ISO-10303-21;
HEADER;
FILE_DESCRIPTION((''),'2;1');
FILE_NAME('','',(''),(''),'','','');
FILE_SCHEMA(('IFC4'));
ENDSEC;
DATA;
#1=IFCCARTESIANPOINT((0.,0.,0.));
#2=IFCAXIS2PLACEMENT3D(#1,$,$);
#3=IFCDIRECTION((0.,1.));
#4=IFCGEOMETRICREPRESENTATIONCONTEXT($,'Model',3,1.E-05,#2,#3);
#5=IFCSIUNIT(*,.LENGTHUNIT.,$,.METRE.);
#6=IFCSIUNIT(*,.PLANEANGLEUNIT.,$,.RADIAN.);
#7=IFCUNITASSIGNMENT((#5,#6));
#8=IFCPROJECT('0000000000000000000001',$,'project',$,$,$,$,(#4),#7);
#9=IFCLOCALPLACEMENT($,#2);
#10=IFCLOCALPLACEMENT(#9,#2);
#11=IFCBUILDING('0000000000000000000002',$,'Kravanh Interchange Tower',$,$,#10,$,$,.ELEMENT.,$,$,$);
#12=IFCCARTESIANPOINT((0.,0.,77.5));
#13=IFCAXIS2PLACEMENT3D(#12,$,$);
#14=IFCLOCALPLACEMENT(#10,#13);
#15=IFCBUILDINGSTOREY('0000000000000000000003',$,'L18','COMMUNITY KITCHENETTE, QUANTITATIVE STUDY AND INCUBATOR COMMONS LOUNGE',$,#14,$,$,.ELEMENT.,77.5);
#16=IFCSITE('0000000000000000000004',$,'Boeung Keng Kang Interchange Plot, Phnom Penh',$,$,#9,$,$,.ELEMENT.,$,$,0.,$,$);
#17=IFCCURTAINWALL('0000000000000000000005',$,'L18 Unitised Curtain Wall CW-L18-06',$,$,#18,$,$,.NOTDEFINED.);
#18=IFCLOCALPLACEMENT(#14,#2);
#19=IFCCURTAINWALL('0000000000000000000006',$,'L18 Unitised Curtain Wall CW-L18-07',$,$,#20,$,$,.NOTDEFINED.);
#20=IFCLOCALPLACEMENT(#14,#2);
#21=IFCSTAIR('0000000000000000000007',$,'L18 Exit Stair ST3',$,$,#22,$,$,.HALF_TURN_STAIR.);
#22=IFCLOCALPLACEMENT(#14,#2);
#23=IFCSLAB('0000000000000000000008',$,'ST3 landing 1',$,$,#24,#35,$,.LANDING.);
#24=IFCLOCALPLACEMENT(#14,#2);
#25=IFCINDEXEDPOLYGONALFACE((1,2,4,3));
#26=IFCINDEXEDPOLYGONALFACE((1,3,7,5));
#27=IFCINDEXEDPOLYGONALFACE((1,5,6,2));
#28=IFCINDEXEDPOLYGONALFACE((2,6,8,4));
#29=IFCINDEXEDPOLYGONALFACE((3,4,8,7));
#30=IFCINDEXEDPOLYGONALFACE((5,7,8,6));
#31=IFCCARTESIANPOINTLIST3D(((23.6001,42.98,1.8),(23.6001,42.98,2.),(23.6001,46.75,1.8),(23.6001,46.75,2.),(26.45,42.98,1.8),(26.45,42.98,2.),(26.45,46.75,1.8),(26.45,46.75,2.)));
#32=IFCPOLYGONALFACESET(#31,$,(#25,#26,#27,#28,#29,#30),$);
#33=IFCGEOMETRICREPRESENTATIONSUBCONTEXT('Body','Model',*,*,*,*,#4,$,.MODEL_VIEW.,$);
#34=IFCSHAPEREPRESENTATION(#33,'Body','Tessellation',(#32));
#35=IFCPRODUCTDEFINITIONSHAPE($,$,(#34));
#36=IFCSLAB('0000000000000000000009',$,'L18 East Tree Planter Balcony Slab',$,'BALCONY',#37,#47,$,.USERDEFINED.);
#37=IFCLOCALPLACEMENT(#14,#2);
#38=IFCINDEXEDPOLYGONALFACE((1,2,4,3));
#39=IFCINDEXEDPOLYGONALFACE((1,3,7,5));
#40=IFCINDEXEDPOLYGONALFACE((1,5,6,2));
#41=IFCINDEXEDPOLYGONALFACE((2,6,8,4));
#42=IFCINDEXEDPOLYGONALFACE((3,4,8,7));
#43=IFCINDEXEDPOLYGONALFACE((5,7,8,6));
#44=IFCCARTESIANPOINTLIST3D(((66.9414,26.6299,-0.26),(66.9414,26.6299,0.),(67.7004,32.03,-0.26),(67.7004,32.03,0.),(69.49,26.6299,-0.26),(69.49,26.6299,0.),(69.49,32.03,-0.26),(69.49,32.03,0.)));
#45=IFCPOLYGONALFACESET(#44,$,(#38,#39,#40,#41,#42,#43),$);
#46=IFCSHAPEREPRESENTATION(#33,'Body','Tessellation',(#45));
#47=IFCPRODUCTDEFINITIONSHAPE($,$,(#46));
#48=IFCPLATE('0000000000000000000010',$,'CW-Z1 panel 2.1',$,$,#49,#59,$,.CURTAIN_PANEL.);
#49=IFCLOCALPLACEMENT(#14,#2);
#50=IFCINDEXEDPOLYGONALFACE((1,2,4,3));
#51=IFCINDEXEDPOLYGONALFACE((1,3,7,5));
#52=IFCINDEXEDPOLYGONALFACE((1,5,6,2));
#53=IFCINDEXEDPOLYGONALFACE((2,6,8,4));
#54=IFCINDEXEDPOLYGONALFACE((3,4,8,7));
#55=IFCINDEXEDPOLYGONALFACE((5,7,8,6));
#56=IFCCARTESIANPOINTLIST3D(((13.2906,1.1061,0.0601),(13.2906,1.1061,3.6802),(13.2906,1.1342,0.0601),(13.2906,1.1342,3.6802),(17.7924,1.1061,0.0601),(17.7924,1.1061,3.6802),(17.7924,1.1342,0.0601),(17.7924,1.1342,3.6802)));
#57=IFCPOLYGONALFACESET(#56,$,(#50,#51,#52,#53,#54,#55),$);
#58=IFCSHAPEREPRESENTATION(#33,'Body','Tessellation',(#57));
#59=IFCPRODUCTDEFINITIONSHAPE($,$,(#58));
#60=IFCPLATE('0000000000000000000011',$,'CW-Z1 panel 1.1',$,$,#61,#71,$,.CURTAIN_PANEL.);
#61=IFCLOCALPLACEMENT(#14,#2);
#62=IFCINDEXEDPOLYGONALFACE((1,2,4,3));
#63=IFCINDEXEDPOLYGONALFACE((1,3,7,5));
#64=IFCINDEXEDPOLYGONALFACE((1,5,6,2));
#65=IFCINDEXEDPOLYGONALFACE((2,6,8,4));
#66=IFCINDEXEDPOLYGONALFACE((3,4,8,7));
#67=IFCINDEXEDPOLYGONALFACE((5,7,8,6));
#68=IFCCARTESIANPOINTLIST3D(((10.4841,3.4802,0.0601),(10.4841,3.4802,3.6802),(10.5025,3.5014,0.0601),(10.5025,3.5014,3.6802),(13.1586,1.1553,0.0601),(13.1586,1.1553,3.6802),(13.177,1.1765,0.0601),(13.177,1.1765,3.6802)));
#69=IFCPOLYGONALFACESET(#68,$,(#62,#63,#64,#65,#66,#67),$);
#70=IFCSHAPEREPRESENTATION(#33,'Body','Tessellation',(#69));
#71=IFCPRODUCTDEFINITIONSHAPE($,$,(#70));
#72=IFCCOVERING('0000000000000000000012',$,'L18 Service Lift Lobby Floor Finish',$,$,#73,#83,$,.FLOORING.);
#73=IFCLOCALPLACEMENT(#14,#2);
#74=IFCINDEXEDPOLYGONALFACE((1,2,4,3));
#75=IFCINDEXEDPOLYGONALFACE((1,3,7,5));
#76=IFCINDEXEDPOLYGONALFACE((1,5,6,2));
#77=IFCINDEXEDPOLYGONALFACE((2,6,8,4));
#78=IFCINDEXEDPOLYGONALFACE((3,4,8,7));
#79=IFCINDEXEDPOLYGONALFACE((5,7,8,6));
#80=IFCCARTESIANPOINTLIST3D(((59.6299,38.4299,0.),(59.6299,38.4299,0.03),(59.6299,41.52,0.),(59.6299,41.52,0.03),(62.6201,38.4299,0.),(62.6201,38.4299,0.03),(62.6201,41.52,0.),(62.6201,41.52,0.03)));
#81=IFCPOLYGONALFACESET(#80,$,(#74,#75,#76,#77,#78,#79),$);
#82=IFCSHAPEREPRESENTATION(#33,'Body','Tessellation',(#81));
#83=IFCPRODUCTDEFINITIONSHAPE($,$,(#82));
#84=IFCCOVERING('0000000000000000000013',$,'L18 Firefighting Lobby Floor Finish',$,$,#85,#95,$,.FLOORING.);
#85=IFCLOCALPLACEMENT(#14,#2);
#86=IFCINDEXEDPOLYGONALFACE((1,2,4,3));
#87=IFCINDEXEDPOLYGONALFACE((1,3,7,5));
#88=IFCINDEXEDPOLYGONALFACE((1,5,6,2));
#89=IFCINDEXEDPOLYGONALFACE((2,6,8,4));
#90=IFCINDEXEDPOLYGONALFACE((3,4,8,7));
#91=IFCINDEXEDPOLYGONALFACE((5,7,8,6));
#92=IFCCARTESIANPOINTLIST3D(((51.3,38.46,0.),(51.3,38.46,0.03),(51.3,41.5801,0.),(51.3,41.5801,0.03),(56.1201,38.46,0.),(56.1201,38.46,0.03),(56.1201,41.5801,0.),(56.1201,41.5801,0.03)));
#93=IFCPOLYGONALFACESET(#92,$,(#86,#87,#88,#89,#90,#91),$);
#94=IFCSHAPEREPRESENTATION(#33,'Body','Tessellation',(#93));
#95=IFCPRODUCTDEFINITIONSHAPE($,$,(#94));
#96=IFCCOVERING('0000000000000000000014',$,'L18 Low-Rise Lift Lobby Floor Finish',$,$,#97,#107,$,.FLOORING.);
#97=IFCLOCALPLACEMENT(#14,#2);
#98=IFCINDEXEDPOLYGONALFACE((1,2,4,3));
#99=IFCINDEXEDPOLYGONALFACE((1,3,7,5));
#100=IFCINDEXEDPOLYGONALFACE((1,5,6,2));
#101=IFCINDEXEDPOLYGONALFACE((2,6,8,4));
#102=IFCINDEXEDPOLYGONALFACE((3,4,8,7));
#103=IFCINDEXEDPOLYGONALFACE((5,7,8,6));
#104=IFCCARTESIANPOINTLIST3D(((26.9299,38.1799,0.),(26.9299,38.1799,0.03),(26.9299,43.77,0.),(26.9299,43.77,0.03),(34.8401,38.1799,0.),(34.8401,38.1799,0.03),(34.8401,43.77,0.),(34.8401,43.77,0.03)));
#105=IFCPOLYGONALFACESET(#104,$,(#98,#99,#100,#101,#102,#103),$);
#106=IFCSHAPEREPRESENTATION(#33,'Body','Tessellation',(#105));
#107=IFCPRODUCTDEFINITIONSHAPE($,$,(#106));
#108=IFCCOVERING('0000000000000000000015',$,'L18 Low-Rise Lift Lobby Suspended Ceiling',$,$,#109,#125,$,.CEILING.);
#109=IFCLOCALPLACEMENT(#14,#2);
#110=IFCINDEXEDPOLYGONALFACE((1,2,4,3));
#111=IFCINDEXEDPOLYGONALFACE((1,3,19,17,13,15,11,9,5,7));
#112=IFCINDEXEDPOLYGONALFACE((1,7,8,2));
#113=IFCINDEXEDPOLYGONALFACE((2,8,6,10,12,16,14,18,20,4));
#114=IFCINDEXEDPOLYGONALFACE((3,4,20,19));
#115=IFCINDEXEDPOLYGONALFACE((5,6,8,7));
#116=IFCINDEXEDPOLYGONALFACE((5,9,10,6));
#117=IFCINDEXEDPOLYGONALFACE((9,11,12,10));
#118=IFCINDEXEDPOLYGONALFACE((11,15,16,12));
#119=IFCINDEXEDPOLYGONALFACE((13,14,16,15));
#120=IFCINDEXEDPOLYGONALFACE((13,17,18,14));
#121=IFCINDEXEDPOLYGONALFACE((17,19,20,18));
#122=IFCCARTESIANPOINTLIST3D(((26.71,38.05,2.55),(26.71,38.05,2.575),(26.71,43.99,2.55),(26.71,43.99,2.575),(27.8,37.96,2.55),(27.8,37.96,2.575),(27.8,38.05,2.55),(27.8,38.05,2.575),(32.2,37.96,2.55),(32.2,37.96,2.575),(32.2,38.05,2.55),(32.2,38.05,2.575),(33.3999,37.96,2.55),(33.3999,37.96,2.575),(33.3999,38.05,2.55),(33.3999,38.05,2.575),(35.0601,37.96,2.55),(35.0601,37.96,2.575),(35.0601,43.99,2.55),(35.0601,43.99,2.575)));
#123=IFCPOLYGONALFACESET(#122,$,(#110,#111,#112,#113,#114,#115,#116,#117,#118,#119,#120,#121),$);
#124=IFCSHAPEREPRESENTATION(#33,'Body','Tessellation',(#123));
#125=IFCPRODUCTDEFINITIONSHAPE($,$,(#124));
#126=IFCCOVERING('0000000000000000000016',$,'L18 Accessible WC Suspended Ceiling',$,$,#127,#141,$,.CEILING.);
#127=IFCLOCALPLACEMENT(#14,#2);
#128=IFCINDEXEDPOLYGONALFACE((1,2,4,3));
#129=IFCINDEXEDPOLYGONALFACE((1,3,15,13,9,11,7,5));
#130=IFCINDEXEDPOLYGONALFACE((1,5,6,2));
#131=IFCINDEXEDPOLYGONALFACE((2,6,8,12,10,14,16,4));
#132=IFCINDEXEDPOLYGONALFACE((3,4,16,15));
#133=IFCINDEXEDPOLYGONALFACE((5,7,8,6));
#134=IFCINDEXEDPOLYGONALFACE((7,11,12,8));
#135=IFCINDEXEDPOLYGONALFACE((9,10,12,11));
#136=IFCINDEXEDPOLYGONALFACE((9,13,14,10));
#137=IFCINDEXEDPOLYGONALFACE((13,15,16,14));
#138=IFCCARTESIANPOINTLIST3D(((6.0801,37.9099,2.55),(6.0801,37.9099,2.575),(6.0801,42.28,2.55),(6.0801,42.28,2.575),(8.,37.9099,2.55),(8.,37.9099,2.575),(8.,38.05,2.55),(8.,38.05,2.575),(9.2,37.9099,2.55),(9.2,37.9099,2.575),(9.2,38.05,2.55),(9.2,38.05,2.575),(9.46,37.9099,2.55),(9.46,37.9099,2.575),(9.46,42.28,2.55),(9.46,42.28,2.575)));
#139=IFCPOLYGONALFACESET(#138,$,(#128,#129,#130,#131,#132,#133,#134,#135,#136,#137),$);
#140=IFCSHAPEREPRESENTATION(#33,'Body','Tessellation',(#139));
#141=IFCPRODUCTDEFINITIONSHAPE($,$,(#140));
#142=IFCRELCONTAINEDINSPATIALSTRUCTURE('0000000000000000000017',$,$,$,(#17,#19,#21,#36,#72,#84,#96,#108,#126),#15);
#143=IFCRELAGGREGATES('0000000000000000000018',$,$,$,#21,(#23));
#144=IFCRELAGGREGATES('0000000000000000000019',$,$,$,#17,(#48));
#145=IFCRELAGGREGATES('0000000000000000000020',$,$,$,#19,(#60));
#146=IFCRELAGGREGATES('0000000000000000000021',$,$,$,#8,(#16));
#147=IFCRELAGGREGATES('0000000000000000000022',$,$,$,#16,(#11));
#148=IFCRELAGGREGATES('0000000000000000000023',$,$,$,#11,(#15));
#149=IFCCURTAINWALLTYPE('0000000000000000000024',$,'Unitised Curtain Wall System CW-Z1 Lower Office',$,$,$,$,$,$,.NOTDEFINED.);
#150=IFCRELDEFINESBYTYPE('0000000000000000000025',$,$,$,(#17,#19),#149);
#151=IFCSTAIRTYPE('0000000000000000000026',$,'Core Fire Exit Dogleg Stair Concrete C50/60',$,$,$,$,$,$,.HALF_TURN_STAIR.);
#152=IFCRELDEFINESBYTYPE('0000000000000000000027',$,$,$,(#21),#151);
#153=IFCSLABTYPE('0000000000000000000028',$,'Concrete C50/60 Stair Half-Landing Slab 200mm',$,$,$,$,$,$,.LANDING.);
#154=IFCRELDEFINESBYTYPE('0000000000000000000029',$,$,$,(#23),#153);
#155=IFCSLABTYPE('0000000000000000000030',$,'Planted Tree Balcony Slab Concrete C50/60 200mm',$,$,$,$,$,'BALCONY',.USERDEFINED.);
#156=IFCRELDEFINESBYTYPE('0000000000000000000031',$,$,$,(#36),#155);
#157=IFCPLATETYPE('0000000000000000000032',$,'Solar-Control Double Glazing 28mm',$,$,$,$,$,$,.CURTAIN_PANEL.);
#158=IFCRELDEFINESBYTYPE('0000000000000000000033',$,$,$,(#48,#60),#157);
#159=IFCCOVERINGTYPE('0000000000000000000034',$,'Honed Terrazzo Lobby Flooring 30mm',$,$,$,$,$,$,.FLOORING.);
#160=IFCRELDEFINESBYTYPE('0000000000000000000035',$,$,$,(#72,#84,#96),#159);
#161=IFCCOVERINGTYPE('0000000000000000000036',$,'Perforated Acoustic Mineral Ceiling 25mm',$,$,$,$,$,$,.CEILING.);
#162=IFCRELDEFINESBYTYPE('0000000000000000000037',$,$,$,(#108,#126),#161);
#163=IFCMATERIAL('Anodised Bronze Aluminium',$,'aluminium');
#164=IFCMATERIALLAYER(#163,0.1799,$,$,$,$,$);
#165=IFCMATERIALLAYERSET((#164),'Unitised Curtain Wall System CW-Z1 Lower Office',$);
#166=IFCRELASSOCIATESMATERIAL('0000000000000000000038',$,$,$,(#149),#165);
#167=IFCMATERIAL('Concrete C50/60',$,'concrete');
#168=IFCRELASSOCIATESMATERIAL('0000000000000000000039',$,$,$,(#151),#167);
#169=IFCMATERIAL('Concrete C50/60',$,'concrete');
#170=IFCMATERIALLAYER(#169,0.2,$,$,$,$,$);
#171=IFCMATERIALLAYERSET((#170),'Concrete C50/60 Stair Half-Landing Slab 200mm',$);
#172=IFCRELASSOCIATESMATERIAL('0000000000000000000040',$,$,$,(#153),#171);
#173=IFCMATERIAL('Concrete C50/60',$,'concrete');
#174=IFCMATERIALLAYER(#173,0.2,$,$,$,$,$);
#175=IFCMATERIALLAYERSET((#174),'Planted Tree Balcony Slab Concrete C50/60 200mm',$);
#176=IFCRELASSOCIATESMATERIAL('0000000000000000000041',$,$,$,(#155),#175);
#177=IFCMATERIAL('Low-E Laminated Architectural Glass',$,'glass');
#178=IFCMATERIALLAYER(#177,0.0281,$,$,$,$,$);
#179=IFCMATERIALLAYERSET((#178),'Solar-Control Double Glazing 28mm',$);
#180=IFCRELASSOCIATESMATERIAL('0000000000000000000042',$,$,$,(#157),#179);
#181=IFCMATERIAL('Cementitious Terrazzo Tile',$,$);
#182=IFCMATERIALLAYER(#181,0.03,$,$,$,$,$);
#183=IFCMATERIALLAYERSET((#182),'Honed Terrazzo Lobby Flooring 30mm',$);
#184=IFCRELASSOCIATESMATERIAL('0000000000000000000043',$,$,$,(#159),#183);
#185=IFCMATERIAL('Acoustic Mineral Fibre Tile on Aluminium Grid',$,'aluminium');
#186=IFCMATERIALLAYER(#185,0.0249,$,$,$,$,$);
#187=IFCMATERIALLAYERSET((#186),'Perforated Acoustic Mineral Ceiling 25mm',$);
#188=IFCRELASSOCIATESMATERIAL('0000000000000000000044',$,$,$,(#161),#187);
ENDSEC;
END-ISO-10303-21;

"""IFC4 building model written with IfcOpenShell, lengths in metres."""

from ifc_helpers import new_model, si_unit, direction, frame, origin, origin_2d, place, context, subcontext, project, spatial, polyline, rectangle, outline, extrude, material, layer, layer_set, type_object, element, aggregate, save


model = new_model("IFC4")

# Units and contexts
model_context = context("Model", 3, precision=1e-05, world=origin(), true_north=direction((0.0, 1.0)))
body_context = subcontext(model_context, "Body", "Model", "MODEL_VIEW")
ifc_project = project(units=[si_unit("LENGTHUNIT", "METRE"), si_unit("PLANEANGLEUNIT", "RADIAN")], contexts=[model_context])

# Site, building, storey
site_placement = place(None, origin())
site = spatial("IfcSite", under=ifc_project, at=site_placement, Name="Boeung Keng Kang Interchange Plot, Phnom Penh", CompositionType="ELEMENT", RefElevation=0.0)
building_placement = place(site_placement, origin())
building = spatial("IfcBuilding", under=site, at=building_placement, Name="Kravanh Interchange Tower", CompositionType="ELEMENT")
storey_placement = place(building_placement, frame((0.0, 0.0, 77.5)))
storey = spatial("IfcBuildingStorey", under=building, at=storey_placement, Name="L18", Description="COMMUNITY KITCHENETTE, QUANTITATIVE STUDY AND INCUBATOR COMMONS LOUNGE", CompositionType="ELEMENT", Elevation=77.5)

# Curtain wall
ifc_material_1 = material(Name="Anodised Bronze Aluminium", Category="aluminium")
ifc_layer_1 = layer(ifc_material_1, 0.1799)
ifc_layer_set_1 = layer_set([ifc_layer_1], Name="Unitised Curtain Wall System CW-Z1 Lower Office")
curtain_wall_type = type_object("IfcCurtainWallType", Name="Unitised Curtain Wall System CW-Z1 Lower Office", PredefinedType="NOTDEFINED", material=ifc_layer_set_1)
curtain_wall_1_placement = place(storey_placement, origin())
curtain_wall_1 = element("IfcCurtainWall", 1, at=curtain_wall_1_placement, inside=storey, type_object=curtain_wall_type, Name="L18 Unitised Curtain Wall CW-L18-06", PredefinedType="NOTDEFINED")

# Curtain wall
curtain_wall_2_placement = place(storey_placement, origin())
curtain_wall_2 = element("IfcCurtainWall", 2, at=curtain_wall_2_placement, inside=storey, type_object=curtain_wall_type, Name="L18 Unitised Curtain Wall CW-L18-07", PredefinedType="NOTDEFINED")

# Stair, slab
ifc_material_2 = material(Name="Concrete C50/60", Category="concrete")
stair_type = type_object("IfcStairType", Name="Core Fire Exit Dogleg Stair Concrete C50/60", PredefinedType="HALF_TURN_STAIR", material=ifc_material_2)
ifc_material_3 = material(Name="Concrete C50/60", Category="concrete")
ifc_layer_2 = layer(ifc_material_3, 0.2)
ifc_layer_set_2 = layer_set([ifc_layer_2], Name="Concrete C50/60 Stair Half-Landing Slab 200mm")
slab_type_1 = type_object("IfcSlabType", Name="Concrete C50/60 Stair Half-Landing Slab 200mm", PredefinedType="LANDING", material=ifc_layer_set_2)
stair_1_placement = place(storey_placement, origin())
stair_1 = element("IfcStair", 3, at=stair_1_placement, inside=storey, type_object=stair_type, Name="L18 Exit Stair ST3", PredefinedType="HALF_TURN_STAIR")
slab_1_placement = place(storey_placement, frame((0.0, 0.0, 1.8)))
slab_1 = element("IfcSlab", 4, at=slab_1_placement, type_object=slab_type_1, Name="ST3 landing 1", PredefinedType="LANDING", context=body_context, shape_type="SweptSolid", body=[
    extrude(outline(polyline([(26.45, 42.98), (26.45, 46.75), (23.6001, 46.75), (23.6001, 42.98), (26.45, 42.98)])), origin(), (0.0, 0.0, 1.0), 0.2),
])
aggregate(stair_1, [slab_1])

# Slab
ifc_material_4 = material(Name="Concrete C50/60", Category="concrete")
ifc_layer_3 = layer(ifc_material_4, 0.2)
ifc_layer_set_3 = layer_set([ifc_layer_3], Name="Planted Tree Balcony Slab Concrete C50/60 200mm")
slab_type_2 = type_object("IfcSlabType", Name="Planted Tree Balcony Slab Concrete C50/60 200mm", ElementType="BALCONY", PredefinedType="USERDEFINED", material=ifc_layer_set_3)
slab_2_placement = place(storey_placement, frame((0.0, 0.0, -0.26)))
element("IfcSlab", 5, at=slab_2_placement, inside=storey, type_object=slab_type_2, Name="L18 East Tree Planter Balcony Slab", ObjectType="BALCONY", PredefinedType="USERDEFINED", context=body_context, shape_type="SweptSolid", body=[
    extrude(outline(polyline([(69.49, 32.03), (69.49, 26.6299), (66.9414, 26.6299), (67.7004, 32.03), (69.49, 32.03)])), origin(), (0.0, 0.0, 1.0), 0.26),
])

# Plates
ifc_material_5 = material(Name="Low-E Laminated Architectural Glass", Category="glass")
ifc_layer_4 = layer(ifc_material_5, 0.0281)
ifc_layer_set_4 = layer_set([ifc_layer_4], Name="Solar-Control Double Glazing 28mm")
plate_type = type_object("IfcPlateType", Name="Solar-Control Double Glazing 28mm", PredefinedType="CURTAIN_PANEL", material=ifc_layer_set_4)
plate_1_placement = place(storey_placement, frame((15.5415, 1.1201, 0.0601), z_axis=(0.0, 0.0, 1.0), x_axis=(-1.0, 0.0, 0.0)))
plate_1 = element("IfcPlate", 6, at=plate_1_placement, type_object=plate_type, Name="CW-Z1 panel 2.1", PredefinedType="CURTAIN_PANEL", context=body_context, shape_type="SweptSolid", body=[
    extrude(rectangle(XDim=4.5017, YDim=0.0281, at=origin_2d()), origin(), (0.0, 0.0, 1.0), 3.6201),
])
aggregate(curtain_wall_1, [plate_1])
plate_2_placement = place(storey_placement, frame((11.8306, 2.3284, 0.0601), z_axis=(0.0, 0.0, 1.0), x_axis=(-0.754708, 0.65606, 0.0)))
plate_2 = element("IfcPlate", 7, at=plate_2_placement, type_object=plate_type, Name="CW-Z1 panel 1.1", PredefinedType="CURTAIN_PANEL", context=body_context, shape_type="SweptSolid", body=[
    extrude(rectangle(XDim=3.5437, YDim=0.0281, at=origin_2d()), origin(), (0.0, 0.0, 1.0), 3.6201),
])
aggregate(curtain_wall_2, [plate_2])

# Coverings
ifc_material_6 = material(Name="Cementitious Terrazzo Tile")
ifc_layer_5 = layer(ifc_material_6, 0.03)
ifc_layer_set_5 = layer_set([ifc_layer_5], Name="Honed Terrazzo Lobby Flooring 30mm")
covering_type_1 = type_object("IfcCoveringType", Name="Honed Terrazzo Lobby Flooring 30mm", PredefinedType="FLOORING", material=ifc_layer_set_5)
covering_1_placement = place(storey_placement, origin())
element("IfcCovering", 8, at=covering_1_placement, inside=storey, type_object=covering_type_1, Name="L18 Service Lift Lobby Floor Finish", PredefinedType="FLOORING", context=body_context, shape_type="SweptSolid", body=[
    extrude(outline(polyline([(59.6299, 41.52), (62.6201, 41.52), (62.6201, 38.4299), (59.6299, 38.4299), (59.6299, 41.52)])), origin(), (0.0, 0.0, 1.0), 0.03),
])
covering_2_placement = place(storey_placement, origin())
element("IfcCovering", 9, at=covering_2_placement, inside=storey, type_object=covering_type_1, Name="L18 Firefighting Lobby Floor Finish", PredefinedType="FLOORING", context=body_context, shape_type="SweptSolid", body=[
    extrude(outline(polyline([(56.1201, 38.46), (51.3, 38.46), (51.3, 41.5801), (56.1201, 41.5801), (56.1201, 38.46)])), origin(), (0.0, 0.0, 1.0), 0.03),
])
covering_3_placement = place(storey_placement, origin())
element("IfcCovering", 10, at=covering_3_placement, inside=storey, type_object=covering_type_1, Name="L18 Low-Rise Lift Lobby Floor Finish", PredefinedType="FLOORING", context=body_context, shape_type="SweptSolid", body=[
    extrude(outline(polyline([(26.9299, 43.77), (34.8401, 43.77), (34.8401, 38.1799), (26.9299, 38.1799), (26.9299, 43.77)])), origin(), (0.0, 0.0, 1.0), 0.03),
])
ifc_material_7 = material(Name="Acoustic Mineral Fibre Tile on Aluminium Grid", Category="aluminium")
ifc_layer_6 = layer(ifc_material_7, 0.0249)
ifc_layer_set_6 = layer_set([ifc_layer_6], Name="Perforated Acoustic Mineral Ceiling 25mm")
covering_type_2 = type_object("IfcCoveringType", Name="Perforated Acoustic Mineral Ceiling 25mm", PredefinedType="CEILING", material=ifc_layer_set_6)
covering_4_placement = place(storey_placement, frame((0.0, 0.0, 2.55)))
element("IfcCovering", 11, at=covering_4_placement, inside=storey, type_object=covering_type_2, Name="L18 Low-Rise Lift Lobby Suspended Ceiling", PredefinedType="CEILING", context=body_context, shape_type="SweptSolid", body=[
    extrude(outline(polyline([(35.0601, 37.96), (33.3999, 37.96), (33.3999, 38.05), (32.2, 38.05), (32.2, 37.96), (27.8, 37.96), (27.8, 38.05), (26.71, 38.05), (26.71, 43.99), (35.0601, 43.99), (35.0601, 37.96)])), origin(), (0.0, 0.0, 1.0), 0.0249),
])
covering_5_placement = place(storey_placement, frame((0.0, 0.0, 2.55)))
element("IfcCovering", 12, at=covering_5_placement, inside=storey, type_object=covering_type_2, Name="L18 Accessible WC Suspended Ceiling", PredefinedType="CEILING", context=body_context, shape_type="SweptSolid", body=[
    extrude(outline(polyline([(9.46, 42.28), (9.46, 37.9099), (9.2, 37.9099), (9.2, 38.05), (8.0, 38.05), (8.0, 37.9099), (6.0801, 37.9099), (6.0801, 42.28), (9.46, 42.28)])), origin(), (0.0, 0.0, 1.0), 0.0249),
])

save(model, "model.ifc")
